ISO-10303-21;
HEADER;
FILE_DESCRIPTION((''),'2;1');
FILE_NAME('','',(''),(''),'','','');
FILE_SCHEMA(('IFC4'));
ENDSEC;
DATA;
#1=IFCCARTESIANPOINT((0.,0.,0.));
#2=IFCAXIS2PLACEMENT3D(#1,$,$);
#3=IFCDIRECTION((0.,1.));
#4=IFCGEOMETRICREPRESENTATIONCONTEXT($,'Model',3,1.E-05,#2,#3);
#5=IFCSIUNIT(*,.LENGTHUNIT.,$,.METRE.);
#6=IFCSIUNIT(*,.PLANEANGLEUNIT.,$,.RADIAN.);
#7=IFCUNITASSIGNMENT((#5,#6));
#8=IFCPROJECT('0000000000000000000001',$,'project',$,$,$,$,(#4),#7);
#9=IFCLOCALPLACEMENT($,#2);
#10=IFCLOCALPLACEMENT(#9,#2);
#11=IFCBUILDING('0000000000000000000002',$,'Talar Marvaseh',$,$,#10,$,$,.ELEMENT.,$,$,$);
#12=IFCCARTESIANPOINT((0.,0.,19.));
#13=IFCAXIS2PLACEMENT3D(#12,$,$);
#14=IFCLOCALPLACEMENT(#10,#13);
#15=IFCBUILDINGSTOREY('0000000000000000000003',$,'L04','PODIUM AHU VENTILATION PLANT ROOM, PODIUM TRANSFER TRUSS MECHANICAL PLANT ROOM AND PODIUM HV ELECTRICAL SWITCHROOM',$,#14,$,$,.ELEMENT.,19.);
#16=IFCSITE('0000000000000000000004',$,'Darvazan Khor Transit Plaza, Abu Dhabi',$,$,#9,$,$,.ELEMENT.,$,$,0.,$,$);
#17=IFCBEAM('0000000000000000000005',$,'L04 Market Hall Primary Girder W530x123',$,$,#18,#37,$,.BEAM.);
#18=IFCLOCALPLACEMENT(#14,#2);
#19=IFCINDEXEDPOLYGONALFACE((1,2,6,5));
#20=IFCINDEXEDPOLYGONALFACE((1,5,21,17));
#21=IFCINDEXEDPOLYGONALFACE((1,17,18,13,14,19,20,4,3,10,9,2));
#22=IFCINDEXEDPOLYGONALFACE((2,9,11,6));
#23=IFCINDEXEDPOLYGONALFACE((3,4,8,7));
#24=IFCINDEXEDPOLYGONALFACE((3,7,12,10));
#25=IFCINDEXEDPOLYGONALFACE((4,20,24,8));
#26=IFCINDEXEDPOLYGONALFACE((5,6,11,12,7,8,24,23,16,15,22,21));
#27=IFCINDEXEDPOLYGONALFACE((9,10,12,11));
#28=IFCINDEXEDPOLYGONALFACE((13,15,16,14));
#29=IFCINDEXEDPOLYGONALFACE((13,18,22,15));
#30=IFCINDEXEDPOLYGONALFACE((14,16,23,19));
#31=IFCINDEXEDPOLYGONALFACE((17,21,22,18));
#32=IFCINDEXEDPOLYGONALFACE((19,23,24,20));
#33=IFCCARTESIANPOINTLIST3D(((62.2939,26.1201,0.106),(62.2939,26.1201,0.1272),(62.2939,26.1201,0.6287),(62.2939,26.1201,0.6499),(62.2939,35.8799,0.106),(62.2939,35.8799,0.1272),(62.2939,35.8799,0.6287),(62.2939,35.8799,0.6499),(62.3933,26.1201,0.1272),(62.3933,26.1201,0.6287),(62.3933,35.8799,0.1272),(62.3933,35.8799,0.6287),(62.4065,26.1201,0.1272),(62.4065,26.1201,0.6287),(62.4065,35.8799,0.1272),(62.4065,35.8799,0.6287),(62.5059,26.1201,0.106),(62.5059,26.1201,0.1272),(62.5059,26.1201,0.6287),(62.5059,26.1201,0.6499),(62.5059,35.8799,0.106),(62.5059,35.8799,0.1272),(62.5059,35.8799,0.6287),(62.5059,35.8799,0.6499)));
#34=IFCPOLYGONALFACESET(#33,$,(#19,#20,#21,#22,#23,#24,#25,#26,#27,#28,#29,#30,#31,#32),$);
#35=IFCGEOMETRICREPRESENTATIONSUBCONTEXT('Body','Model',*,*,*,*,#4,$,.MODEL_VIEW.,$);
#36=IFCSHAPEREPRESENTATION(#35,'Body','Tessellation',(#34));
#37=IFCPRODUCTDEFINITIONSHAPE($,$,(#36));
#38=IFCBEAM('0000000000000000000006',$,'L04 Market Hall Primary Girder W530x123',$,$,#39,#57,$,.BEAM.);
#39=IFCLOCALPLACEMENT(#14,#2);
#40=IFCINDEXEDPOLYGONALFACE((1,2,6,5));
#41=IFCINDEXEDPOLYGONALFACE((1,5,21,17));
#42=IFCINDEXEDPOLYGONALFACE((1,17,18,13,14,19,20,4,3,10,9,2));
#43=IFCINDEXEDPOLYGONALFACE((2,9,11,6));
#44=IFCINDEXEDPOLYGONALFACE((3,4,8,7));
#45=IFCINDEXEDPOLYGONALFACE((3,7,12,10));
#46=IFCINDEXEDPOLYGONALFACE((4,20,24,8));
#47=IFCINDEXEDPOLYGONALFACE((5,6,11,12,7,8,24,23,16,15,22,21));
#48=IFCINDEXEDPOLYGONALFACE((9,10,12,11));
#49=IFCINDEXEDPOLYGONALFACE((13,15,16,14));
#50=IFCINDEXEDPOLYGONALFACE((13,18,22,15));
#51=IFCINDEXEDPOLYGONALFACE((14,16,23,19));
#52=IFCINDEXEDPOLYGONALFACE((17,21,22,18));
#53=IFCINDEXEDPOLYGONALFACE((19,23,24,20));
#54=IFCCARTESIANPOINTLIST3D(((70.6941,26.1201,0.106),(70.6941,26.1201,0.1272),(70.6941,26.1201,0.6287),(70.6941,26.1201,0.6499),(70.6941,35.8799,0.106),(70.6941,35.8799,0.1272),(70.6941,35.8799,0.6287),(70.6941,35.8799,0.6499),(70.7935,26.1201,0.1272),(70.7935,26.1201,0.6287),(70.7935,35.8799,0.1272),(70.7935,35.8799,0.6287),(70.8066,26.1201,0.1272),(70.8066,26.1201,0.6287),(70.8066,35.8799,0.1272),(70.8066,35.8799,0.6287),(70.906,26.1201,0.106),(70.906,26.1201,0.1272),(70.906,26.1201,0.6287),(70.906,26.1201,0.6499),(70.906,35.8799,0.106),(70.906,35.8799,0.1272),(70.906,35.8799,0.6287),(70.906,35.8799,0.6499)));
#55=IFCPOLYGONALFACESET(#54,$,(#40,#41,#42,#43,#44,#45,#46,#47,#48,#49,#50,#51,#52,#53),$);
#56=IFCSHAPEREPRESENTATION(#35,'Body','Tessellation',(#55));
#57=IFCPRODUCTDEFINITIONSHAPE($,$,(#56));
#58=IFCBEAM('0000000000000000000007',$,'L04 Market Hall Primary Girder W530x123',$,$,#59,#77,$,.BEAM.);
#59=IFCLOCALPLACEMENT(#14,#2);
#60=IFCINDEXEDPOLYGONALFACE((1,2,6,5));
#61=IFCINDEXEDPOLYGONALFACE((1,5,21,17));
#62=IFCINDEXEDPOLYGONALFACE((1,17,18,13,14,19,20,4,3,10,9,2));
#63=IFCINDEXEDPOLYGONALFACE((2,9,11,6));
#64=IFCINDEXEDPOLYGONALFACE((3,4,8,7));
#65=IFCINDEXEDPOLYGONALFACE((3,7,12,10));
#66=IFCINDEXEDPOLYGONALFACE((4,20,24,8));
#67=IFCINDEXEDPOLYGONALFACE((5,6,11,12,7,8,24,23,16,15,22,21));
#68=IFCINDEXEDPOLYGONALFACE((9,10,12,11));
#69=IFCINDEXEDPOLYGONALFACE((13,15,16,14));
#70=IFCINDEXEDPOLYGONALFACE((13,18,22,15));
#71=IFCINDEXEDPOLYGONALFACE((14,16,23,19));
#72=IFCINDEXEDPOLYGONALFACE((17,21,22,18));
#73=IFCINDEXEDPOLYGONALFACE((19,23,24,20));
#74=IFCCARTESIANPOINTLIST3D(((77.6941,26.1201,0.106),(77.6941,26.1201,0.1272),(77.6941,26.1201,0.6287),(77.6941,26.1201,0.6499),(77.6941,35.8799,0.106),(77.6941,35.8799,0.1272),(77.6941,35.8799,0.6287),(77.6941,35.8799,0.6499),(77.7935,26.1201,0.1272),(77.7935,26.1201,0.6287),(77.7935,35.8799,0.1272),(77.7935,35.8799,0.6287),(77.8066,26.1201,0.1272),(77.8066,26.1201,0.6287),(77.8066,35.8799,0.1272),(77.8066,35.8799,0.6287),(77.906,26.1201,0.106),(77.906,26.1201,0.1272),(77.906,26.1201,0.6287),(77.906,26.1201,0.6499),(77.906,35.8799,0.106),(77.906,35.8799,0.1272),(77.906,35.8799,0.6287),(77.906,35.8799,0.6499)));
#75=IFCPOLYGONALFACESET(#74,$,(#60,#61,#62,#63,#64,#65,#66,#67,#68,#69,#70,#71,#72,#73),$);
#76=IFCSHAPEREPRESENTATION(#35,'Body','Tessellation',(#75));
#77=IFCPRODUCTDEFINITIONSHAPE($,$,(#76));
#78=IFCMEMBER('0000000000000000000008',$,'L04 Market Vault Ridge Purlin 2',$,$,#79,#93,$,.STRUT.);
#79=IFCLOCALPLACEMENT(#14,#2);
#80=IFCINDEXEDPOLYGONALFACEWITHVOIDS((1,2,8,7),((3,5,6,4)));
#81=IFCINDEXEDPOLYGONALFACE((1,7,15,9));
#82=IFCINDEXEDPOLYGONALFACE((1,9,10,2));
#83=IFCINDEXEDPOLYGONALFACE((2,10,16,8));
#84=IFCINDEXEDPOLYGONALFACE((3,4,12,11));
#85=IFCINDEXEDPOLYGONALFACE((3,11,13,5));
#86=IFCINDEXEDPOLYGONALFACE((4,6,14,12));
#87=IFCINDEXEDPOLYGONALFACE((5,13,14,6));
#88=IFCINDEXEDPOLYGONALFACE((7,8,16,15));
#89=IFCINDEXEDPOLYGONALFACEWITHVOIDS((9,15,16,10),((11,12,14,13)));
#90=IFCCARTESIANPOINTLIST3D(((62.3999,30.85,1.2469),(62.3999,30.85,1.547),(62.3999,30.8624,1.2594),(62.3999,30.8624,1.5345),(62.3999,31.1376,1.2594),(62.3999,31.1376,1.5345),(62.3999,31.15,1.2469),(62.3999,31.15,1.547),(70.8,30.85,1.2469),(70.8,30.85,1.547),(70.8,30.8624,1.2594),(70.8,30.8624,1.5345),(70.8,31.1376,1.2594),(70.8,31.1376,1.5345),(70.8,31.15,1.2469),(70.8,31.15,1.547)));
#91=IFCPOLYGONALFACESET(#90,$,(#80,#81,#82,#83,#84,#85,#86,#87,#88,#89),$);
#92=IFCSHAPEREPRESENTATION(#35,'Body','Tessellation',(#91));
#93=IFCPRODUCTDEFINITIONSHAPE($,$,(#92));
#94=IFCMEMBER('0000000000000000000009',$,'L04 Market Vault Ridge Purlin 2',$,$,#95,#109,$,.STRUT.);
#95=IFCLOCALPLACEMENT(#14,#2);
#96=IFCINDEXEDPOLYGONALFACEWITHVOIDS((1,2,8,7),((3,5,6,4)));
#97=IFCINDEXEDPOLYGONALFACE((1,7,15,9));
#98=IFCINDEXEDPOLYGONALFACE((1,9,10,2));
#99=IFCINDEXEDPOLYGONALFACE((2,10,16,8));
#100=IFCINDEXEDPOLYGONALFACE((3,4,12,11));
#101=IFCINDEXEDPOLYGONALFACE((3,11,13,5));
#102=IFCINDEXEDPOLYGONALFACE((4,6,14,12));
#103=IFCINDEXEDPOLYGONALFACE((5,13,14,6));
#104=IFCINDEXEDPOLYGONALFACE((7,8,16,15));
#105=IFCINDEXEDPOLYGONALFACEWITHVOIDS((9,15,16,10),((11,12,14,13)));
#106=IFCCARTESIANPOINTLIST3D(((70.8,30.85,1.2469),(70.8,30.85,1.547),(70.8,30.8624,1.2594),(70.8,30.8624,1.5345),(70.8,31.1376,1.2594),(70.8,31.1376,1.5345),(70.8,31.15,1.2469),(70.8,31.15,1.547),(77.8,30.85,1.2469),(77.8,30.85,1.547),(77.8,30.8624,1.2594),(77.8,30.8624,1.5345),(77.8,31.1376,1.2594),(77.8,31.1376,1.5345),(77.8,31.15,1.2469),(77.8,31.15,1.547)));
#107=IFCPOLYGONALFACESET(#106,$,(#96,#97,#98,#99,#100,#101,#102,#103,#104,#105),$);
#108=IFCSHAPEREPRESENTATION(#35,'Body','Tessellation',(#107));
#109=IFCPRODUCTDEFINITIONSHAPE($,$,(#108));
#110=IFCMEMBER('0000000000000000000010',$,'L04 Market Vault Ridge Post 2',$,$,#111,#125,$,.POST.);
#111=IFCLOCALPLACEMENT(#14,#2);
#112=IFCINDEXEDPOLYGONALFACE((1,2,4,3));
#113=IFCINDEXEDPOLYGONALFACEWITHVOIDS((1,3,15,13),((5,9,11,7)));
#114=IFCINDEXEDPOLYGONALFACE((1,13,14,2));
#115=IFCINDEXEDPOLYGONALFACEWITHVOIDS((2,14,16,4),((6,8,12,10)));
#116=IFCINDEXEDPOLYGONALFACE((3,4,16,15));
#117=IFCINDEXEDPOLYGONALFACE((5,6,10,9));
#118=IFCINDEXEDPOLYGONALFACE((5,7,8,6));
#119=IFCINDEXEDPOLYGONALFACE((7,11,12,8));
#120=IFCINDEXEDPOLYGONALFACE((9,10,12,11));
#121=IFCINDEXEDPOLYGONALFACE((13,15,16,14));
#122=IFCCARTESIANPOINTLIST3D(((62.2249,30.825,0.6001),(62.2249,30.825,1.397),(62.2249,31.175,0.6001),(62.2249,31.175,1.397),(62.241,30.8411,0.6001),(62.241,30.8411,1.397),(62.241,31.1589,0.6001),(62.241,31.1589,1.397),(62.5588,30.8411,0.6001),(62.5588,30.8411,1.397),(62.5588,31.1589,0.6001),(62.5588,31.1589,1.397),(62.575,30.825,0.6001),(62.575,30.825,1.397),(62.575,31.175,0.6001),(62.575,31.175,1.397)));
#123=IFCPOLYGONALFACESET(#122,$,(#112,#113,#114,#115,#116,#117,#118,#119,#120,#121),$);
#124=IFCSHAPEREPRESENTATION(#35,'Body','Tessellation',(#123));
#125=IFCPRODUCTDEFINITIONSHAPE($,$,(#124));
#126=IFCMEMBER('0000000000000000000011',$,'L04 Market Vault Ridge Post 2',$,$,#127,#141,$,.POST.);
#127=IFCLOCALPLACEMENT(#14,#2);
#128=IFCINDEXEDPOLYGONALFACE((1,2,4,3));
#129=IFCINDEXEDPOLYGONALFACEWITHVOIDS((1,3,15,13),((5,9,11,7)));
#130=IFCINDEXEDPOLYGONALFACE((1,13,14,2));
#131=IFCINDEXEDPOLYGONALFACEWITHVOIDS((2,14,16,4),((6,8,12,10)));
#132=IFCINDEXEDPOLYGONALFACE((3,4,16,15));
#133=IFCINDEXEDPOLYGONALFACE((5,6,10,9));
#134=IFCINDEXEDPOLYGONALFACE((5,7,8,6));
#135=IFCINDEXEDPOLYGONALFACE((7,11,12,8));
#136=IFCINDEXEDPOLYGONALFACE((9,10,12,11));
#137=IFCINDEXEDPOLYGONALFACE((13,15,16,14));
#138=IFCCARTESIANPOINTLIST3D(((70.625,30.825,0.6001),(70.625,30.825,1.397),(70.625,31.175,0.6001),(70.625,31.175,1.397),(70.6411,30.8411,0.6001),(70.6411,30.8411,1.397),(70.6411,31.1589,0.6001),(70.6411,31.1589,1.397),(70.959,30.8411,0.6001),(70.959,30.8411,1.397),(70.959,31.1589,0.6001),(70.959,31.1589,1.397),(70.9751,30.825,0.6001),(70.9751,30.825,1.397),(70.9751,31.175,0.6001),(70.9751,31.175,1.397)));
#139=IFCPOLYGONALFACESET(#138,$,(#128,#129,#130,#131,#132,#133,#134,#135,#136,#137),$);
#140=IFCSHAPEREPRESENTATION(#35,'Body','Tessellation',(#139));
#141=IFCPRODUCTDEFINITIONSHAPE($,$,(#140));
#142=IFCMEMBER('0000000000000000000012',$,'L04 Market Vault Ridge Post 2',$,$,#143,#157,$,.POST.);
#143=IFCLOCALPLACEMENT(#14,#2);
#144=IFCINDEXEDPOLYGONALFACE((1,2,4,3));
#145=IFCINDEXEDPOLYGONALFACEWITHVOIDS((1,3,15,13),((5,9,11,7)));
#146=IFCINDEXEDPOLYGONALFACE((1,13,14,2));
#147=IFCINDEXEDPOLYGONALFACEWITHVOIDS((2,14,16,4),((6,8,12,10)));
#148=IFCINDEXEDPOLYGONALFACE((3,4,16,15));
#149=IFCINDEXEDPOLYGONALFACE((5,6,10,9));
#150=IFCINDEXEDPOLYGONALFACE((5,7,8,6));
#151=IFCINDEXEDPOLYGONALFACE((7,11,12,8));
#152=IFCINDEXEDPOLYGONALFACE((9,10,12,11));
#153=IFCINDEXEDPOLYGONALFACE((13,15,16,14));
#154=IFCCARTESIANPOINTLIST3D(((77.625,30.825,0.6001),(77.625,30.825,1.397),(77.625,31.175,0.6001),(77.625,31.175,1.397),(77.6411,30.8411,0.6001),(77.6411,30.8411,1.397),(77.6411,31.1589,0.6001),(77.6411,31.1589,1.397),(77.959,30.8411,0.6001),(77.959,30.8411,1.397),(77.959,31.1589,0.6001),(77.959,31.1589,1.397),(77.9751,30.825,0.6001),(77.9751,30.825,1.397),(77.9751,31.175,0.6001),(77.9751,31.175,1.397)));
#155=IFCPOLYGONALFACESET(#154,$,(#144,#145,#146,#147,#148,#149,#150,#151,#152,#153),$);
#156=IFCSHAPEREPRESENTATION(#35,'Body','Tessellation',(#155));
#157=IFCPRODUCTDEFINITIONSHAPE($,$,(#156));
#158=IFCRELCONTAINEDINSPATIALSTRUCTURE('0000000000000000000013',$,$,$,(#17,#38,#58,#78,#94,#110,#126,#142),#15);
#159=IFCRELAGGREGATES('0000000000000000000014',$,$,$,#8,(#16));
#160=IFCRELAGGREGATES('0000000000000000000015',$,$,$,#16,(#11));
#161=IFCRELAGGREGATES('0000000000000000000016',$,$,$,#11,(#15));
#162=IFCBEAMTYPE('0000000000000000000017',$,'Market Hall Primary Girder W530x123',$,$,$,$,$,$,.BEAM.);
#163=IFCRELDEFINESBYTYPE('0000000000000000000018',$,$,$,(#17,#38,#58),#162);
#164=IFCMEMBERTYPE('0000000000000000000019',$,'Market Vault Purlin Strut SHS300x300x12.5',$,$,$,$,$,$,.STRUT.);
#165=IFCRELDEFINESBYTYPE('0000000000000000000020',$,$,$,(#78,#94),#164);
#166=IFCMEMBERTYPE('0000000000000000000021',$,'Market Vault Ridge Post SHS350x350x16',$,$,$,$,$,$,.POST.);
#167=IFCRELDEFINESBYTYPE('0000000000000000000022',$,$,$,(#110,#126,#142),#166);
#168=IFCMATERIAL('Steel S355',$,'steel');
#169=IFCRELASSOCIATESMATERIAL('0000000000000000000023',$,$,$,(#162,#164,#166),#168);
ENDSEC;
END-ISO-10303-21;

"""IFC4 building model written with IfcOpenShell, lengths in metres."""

from ifc_helpers import new_model, si_unit, direction, frame, origin, origin_2d, place, context, subcontext, project, spatial, hollow_rectangle, i_section, extrude, source, transform, mapped, material, material_profile, profile_set, type_object, type_shapes, element, save


model = new_model("IFC4")

# Units and contexts
model_context = context("Model", 3, precision=1e-05, world=origin(), true_north=direction((0.0, 1.0)))
body_context = subcontext(model_context, "Body", "Model", "MODEL_VIEW")
ifc_project = project(units=[si_unit("LENGTHUNIT", "METRE"), si_unit("PLANEANGLEUNIT", "RADIAN")], contexts=[model_context])

# Site, building, storey
site_placement = place(None, origin())
site = spatial("IfcSite", under=ifc_project, at=site_placement, Name="Darvazan Khor Transit Plaza, Abu Dhabi", CompositionType="ELEMENT", RefElevation=0.0)
building_placement = place(site_placement, origin())
building = spatial("IfcBuilding", under=site, at=building_placement, Name="Talar Marvaseh", CompositionType="ELEMENT")
storey_placement = place(building_placement, frame((0.0, 0.0, 19.0)))
storey = spatial("IfcBuildingStorey", under=building, at=storey_placement, Name="L04", Description="PODIUM AHU VENTILATION PLANT ROOM, PODIUM TRANSFER TRUSS MECHANICAL PLANT ROOM AND PODIUM HV ELECTRICAL SWITCHROOM", CompositionType="ELEMENT", Elevation=19.0)

# Beams
ifc_material_1 = material(Name="Steel S355", Category="steel")
ifc_material_profile_1 = material_profile(ifc_material_1, i_section(OverallWidth=0.2119, OverallDepth=0.5439, WebThickness=0.0132, FlangeThickness=0.0212, at=origin_2d()), Name="W530x123")
ifc_profile_set_1 = profile_set([ifc_material_profile_1], Name="Steel S355")
beam_type = type_object("IfcBeamType", Name="Market Hall Primary Girder W530x123", PredefinedType="BEAM", material=ifc_profile_set_1)
for number, where, z_axis, x_axis, name in (
    (1, (62.3999, 26.1201, 0.3779), (0.0, 1.0, 0.0), (-1.0, 0.0, 0.0), "L04 Market Hall Primary Girder W530x123"),
    (2, (70.8, 26.1201, 0.3779), (0.0, 1.0, 0.0), (-1.0, 0.0, 0.0), "L04 Market Hall Primary Girder W530x123"),
    (3, (77.8, 26.1201, 0.3779), (0.0, 1.0, 0.0), (-1.0, 0.0, 0.0), "L04 Market Hall Primary Girder W530x123"),
):
    element("IfcBeam", number, at=place(storey_placement, frame(where, z_axis=z_axis, x_axis=x_axis)), inside=storey, type_object=beam_type, Name=name, PredefinedType="BEAM", context=body_context, shape_type="SweptSolid", body=[
        extrude(i_section(OverallWidth=0.2119, OverallDepth=0.5439, WebThickness=0.0132, FlangeThickness=0.0212, at=origin_2d()), origin(), (0.0, 0.0, 1.0), 9.7598),
    ])

# Members
ifc_material_profile_2 = material_profile(ifc_material_1, hollow_rectangle(XDim=0.3, YDim=0.3, WallThickness=0.0125, at=origin_2d()), Name="SHS300x300x12.5")
ifc_profile_set_2 = profile_set([ifc_material_profile_2], Name="Steel S355")
member_type_1 = type_object("IfcMemberType", Name="Market Vault Purlin Strut SHS300x300x12.5", PredefinedType="STRUT", material=ifc_profile_set_2)
shared_shape_1 = source(origin(), body_context, "Body", "SweptSolid", [
    extrude(hollow_rectangle(XDim=0.3, YDim=0.3, WallThickness=0.0125, at=origin_2d()), origin(), (0.0, 0.0, 1.0), 8.4001),
])
member_1_placement = place(storey_placement, frame((62.3999, 31.0, 1.397), z_axis=(1.0, 0.0, 0.0), x_axis=(0.0, 1.0, 0.0)))
element("IfcMember", 4, at=member_1_placement, inside=storey, type_object=member_type_1, Name="L04 Market Vault Ridge Purlin 2", PredefinedType="STRUT", context=body_context, shape_type="MappedRepresentation", body=[
    mapped(shared_shape_1, transform((0.0, 0.0, 0.0), x_axis=(1.0, 0.0, 0.0), y_axis=(0.0, 1.0, 0.0), z_axis=(0.0, 0.0, 1.0), scale=1.0)),
])
shared_shape_2 = source(origin(), body_context, "Body", "SweptSolid", [
    extrude(hollow_rectangle(XDim=0.3, YDim=0.3, WallThickness=0.0125, at=origin_2d()), origin(), (0.0, 0.0, 1.0), 7.0),
])
type_shapes(member_type_1, [shared_shape_1, shared_shape_2])
member_2_placement = place(storey_placement, frame((70.8, 31.0, 1.397), z_axis=(1.0, 0.0, 0.0), x_axis=(0.0, 1.0, 0.0)))
element("IfcMember", 5, at=member_2_placement, inside=storey, type_object=member_type_1, Name="L04 Market Vault Ridge Purlin 2", PredefinedType="STRUT", context=body_context, shape_type="MappedRepresentation", body=[
    mapped(shared_shape_2, transform((0.0, 0.0, 0.0), x_axis=(1.0, 0.0, 0.0), y_axis=(0.0, 1.0, 0.0), z_axis=(0.0, 0.0, 1.0), scale=1.0)),
])
ifc_material_profile_3 = material_profile(ifc_material_1, hollow_rectangle(XDim=0.3501, YDim=0.3501, WallThickness=0.0161, at=origin_2d()), Name="SHS350x350x16")
ifc_profile_set_3 = profile_set([ifc_material_profile_3], Name="Steel S355")
member_type_2 = type_object("IfcMemberType", Name="Market Vault Ridge Post SHS350x350x16", PredefinedType="POST", material=ifc_profile_set_3)
shared_shape_3 = source(origin(), body_context, "Body", "SweptSolid", [
    extrude(hollow_rectangle(XDim=0.3501, YDim=0.3501, WallThickness=0.0161, at=origin_2d()), origin(), (0.0, 0.0, 1.0), 0.7969),
])
type_shapes(member_type_2, [shared_shape_3])
for number, where, z_axis, x_axis, name in (
    (6, (62.3999, 31.0, 0.6001), (0.0, 0.0, 1.0), (1.0, 0.0, 0.0), "L04 Market Vault Ridge Post 2"),
    (7, (70.8, 31.0, 0.6001), (0.0, 0.0, 1.0), (1.0, 0.0, 0.0), "L04 Market Vault Ridge Post 2"),
    (8, (77.8, 31.0, 0.6001), (0.0, 0.0, 1.0), (1.0, 0.0, 0.0), "L04 Market Vault Ridge Post 2"),
):
    element("IfcMember", number, at=place(storey_placement, frame(where, z_axis=z_axis, x_axis=x_axis)), inside=storey, type_object=member_type_2, Name=name, PredefinedType="POST", context=body_context, shape_type="MappedRepresentation", body=[
        mapped(shared_shape_3, transform((0.0, 0.0, 0.0), x_axis=(1.0, 0.0, 0.0), y_axis=(0.0, 1.0, 0.0), z_axis=(0.0, 0.0, 1.0), scale=1.0)),
    ])

save(model, "model.ifc")
